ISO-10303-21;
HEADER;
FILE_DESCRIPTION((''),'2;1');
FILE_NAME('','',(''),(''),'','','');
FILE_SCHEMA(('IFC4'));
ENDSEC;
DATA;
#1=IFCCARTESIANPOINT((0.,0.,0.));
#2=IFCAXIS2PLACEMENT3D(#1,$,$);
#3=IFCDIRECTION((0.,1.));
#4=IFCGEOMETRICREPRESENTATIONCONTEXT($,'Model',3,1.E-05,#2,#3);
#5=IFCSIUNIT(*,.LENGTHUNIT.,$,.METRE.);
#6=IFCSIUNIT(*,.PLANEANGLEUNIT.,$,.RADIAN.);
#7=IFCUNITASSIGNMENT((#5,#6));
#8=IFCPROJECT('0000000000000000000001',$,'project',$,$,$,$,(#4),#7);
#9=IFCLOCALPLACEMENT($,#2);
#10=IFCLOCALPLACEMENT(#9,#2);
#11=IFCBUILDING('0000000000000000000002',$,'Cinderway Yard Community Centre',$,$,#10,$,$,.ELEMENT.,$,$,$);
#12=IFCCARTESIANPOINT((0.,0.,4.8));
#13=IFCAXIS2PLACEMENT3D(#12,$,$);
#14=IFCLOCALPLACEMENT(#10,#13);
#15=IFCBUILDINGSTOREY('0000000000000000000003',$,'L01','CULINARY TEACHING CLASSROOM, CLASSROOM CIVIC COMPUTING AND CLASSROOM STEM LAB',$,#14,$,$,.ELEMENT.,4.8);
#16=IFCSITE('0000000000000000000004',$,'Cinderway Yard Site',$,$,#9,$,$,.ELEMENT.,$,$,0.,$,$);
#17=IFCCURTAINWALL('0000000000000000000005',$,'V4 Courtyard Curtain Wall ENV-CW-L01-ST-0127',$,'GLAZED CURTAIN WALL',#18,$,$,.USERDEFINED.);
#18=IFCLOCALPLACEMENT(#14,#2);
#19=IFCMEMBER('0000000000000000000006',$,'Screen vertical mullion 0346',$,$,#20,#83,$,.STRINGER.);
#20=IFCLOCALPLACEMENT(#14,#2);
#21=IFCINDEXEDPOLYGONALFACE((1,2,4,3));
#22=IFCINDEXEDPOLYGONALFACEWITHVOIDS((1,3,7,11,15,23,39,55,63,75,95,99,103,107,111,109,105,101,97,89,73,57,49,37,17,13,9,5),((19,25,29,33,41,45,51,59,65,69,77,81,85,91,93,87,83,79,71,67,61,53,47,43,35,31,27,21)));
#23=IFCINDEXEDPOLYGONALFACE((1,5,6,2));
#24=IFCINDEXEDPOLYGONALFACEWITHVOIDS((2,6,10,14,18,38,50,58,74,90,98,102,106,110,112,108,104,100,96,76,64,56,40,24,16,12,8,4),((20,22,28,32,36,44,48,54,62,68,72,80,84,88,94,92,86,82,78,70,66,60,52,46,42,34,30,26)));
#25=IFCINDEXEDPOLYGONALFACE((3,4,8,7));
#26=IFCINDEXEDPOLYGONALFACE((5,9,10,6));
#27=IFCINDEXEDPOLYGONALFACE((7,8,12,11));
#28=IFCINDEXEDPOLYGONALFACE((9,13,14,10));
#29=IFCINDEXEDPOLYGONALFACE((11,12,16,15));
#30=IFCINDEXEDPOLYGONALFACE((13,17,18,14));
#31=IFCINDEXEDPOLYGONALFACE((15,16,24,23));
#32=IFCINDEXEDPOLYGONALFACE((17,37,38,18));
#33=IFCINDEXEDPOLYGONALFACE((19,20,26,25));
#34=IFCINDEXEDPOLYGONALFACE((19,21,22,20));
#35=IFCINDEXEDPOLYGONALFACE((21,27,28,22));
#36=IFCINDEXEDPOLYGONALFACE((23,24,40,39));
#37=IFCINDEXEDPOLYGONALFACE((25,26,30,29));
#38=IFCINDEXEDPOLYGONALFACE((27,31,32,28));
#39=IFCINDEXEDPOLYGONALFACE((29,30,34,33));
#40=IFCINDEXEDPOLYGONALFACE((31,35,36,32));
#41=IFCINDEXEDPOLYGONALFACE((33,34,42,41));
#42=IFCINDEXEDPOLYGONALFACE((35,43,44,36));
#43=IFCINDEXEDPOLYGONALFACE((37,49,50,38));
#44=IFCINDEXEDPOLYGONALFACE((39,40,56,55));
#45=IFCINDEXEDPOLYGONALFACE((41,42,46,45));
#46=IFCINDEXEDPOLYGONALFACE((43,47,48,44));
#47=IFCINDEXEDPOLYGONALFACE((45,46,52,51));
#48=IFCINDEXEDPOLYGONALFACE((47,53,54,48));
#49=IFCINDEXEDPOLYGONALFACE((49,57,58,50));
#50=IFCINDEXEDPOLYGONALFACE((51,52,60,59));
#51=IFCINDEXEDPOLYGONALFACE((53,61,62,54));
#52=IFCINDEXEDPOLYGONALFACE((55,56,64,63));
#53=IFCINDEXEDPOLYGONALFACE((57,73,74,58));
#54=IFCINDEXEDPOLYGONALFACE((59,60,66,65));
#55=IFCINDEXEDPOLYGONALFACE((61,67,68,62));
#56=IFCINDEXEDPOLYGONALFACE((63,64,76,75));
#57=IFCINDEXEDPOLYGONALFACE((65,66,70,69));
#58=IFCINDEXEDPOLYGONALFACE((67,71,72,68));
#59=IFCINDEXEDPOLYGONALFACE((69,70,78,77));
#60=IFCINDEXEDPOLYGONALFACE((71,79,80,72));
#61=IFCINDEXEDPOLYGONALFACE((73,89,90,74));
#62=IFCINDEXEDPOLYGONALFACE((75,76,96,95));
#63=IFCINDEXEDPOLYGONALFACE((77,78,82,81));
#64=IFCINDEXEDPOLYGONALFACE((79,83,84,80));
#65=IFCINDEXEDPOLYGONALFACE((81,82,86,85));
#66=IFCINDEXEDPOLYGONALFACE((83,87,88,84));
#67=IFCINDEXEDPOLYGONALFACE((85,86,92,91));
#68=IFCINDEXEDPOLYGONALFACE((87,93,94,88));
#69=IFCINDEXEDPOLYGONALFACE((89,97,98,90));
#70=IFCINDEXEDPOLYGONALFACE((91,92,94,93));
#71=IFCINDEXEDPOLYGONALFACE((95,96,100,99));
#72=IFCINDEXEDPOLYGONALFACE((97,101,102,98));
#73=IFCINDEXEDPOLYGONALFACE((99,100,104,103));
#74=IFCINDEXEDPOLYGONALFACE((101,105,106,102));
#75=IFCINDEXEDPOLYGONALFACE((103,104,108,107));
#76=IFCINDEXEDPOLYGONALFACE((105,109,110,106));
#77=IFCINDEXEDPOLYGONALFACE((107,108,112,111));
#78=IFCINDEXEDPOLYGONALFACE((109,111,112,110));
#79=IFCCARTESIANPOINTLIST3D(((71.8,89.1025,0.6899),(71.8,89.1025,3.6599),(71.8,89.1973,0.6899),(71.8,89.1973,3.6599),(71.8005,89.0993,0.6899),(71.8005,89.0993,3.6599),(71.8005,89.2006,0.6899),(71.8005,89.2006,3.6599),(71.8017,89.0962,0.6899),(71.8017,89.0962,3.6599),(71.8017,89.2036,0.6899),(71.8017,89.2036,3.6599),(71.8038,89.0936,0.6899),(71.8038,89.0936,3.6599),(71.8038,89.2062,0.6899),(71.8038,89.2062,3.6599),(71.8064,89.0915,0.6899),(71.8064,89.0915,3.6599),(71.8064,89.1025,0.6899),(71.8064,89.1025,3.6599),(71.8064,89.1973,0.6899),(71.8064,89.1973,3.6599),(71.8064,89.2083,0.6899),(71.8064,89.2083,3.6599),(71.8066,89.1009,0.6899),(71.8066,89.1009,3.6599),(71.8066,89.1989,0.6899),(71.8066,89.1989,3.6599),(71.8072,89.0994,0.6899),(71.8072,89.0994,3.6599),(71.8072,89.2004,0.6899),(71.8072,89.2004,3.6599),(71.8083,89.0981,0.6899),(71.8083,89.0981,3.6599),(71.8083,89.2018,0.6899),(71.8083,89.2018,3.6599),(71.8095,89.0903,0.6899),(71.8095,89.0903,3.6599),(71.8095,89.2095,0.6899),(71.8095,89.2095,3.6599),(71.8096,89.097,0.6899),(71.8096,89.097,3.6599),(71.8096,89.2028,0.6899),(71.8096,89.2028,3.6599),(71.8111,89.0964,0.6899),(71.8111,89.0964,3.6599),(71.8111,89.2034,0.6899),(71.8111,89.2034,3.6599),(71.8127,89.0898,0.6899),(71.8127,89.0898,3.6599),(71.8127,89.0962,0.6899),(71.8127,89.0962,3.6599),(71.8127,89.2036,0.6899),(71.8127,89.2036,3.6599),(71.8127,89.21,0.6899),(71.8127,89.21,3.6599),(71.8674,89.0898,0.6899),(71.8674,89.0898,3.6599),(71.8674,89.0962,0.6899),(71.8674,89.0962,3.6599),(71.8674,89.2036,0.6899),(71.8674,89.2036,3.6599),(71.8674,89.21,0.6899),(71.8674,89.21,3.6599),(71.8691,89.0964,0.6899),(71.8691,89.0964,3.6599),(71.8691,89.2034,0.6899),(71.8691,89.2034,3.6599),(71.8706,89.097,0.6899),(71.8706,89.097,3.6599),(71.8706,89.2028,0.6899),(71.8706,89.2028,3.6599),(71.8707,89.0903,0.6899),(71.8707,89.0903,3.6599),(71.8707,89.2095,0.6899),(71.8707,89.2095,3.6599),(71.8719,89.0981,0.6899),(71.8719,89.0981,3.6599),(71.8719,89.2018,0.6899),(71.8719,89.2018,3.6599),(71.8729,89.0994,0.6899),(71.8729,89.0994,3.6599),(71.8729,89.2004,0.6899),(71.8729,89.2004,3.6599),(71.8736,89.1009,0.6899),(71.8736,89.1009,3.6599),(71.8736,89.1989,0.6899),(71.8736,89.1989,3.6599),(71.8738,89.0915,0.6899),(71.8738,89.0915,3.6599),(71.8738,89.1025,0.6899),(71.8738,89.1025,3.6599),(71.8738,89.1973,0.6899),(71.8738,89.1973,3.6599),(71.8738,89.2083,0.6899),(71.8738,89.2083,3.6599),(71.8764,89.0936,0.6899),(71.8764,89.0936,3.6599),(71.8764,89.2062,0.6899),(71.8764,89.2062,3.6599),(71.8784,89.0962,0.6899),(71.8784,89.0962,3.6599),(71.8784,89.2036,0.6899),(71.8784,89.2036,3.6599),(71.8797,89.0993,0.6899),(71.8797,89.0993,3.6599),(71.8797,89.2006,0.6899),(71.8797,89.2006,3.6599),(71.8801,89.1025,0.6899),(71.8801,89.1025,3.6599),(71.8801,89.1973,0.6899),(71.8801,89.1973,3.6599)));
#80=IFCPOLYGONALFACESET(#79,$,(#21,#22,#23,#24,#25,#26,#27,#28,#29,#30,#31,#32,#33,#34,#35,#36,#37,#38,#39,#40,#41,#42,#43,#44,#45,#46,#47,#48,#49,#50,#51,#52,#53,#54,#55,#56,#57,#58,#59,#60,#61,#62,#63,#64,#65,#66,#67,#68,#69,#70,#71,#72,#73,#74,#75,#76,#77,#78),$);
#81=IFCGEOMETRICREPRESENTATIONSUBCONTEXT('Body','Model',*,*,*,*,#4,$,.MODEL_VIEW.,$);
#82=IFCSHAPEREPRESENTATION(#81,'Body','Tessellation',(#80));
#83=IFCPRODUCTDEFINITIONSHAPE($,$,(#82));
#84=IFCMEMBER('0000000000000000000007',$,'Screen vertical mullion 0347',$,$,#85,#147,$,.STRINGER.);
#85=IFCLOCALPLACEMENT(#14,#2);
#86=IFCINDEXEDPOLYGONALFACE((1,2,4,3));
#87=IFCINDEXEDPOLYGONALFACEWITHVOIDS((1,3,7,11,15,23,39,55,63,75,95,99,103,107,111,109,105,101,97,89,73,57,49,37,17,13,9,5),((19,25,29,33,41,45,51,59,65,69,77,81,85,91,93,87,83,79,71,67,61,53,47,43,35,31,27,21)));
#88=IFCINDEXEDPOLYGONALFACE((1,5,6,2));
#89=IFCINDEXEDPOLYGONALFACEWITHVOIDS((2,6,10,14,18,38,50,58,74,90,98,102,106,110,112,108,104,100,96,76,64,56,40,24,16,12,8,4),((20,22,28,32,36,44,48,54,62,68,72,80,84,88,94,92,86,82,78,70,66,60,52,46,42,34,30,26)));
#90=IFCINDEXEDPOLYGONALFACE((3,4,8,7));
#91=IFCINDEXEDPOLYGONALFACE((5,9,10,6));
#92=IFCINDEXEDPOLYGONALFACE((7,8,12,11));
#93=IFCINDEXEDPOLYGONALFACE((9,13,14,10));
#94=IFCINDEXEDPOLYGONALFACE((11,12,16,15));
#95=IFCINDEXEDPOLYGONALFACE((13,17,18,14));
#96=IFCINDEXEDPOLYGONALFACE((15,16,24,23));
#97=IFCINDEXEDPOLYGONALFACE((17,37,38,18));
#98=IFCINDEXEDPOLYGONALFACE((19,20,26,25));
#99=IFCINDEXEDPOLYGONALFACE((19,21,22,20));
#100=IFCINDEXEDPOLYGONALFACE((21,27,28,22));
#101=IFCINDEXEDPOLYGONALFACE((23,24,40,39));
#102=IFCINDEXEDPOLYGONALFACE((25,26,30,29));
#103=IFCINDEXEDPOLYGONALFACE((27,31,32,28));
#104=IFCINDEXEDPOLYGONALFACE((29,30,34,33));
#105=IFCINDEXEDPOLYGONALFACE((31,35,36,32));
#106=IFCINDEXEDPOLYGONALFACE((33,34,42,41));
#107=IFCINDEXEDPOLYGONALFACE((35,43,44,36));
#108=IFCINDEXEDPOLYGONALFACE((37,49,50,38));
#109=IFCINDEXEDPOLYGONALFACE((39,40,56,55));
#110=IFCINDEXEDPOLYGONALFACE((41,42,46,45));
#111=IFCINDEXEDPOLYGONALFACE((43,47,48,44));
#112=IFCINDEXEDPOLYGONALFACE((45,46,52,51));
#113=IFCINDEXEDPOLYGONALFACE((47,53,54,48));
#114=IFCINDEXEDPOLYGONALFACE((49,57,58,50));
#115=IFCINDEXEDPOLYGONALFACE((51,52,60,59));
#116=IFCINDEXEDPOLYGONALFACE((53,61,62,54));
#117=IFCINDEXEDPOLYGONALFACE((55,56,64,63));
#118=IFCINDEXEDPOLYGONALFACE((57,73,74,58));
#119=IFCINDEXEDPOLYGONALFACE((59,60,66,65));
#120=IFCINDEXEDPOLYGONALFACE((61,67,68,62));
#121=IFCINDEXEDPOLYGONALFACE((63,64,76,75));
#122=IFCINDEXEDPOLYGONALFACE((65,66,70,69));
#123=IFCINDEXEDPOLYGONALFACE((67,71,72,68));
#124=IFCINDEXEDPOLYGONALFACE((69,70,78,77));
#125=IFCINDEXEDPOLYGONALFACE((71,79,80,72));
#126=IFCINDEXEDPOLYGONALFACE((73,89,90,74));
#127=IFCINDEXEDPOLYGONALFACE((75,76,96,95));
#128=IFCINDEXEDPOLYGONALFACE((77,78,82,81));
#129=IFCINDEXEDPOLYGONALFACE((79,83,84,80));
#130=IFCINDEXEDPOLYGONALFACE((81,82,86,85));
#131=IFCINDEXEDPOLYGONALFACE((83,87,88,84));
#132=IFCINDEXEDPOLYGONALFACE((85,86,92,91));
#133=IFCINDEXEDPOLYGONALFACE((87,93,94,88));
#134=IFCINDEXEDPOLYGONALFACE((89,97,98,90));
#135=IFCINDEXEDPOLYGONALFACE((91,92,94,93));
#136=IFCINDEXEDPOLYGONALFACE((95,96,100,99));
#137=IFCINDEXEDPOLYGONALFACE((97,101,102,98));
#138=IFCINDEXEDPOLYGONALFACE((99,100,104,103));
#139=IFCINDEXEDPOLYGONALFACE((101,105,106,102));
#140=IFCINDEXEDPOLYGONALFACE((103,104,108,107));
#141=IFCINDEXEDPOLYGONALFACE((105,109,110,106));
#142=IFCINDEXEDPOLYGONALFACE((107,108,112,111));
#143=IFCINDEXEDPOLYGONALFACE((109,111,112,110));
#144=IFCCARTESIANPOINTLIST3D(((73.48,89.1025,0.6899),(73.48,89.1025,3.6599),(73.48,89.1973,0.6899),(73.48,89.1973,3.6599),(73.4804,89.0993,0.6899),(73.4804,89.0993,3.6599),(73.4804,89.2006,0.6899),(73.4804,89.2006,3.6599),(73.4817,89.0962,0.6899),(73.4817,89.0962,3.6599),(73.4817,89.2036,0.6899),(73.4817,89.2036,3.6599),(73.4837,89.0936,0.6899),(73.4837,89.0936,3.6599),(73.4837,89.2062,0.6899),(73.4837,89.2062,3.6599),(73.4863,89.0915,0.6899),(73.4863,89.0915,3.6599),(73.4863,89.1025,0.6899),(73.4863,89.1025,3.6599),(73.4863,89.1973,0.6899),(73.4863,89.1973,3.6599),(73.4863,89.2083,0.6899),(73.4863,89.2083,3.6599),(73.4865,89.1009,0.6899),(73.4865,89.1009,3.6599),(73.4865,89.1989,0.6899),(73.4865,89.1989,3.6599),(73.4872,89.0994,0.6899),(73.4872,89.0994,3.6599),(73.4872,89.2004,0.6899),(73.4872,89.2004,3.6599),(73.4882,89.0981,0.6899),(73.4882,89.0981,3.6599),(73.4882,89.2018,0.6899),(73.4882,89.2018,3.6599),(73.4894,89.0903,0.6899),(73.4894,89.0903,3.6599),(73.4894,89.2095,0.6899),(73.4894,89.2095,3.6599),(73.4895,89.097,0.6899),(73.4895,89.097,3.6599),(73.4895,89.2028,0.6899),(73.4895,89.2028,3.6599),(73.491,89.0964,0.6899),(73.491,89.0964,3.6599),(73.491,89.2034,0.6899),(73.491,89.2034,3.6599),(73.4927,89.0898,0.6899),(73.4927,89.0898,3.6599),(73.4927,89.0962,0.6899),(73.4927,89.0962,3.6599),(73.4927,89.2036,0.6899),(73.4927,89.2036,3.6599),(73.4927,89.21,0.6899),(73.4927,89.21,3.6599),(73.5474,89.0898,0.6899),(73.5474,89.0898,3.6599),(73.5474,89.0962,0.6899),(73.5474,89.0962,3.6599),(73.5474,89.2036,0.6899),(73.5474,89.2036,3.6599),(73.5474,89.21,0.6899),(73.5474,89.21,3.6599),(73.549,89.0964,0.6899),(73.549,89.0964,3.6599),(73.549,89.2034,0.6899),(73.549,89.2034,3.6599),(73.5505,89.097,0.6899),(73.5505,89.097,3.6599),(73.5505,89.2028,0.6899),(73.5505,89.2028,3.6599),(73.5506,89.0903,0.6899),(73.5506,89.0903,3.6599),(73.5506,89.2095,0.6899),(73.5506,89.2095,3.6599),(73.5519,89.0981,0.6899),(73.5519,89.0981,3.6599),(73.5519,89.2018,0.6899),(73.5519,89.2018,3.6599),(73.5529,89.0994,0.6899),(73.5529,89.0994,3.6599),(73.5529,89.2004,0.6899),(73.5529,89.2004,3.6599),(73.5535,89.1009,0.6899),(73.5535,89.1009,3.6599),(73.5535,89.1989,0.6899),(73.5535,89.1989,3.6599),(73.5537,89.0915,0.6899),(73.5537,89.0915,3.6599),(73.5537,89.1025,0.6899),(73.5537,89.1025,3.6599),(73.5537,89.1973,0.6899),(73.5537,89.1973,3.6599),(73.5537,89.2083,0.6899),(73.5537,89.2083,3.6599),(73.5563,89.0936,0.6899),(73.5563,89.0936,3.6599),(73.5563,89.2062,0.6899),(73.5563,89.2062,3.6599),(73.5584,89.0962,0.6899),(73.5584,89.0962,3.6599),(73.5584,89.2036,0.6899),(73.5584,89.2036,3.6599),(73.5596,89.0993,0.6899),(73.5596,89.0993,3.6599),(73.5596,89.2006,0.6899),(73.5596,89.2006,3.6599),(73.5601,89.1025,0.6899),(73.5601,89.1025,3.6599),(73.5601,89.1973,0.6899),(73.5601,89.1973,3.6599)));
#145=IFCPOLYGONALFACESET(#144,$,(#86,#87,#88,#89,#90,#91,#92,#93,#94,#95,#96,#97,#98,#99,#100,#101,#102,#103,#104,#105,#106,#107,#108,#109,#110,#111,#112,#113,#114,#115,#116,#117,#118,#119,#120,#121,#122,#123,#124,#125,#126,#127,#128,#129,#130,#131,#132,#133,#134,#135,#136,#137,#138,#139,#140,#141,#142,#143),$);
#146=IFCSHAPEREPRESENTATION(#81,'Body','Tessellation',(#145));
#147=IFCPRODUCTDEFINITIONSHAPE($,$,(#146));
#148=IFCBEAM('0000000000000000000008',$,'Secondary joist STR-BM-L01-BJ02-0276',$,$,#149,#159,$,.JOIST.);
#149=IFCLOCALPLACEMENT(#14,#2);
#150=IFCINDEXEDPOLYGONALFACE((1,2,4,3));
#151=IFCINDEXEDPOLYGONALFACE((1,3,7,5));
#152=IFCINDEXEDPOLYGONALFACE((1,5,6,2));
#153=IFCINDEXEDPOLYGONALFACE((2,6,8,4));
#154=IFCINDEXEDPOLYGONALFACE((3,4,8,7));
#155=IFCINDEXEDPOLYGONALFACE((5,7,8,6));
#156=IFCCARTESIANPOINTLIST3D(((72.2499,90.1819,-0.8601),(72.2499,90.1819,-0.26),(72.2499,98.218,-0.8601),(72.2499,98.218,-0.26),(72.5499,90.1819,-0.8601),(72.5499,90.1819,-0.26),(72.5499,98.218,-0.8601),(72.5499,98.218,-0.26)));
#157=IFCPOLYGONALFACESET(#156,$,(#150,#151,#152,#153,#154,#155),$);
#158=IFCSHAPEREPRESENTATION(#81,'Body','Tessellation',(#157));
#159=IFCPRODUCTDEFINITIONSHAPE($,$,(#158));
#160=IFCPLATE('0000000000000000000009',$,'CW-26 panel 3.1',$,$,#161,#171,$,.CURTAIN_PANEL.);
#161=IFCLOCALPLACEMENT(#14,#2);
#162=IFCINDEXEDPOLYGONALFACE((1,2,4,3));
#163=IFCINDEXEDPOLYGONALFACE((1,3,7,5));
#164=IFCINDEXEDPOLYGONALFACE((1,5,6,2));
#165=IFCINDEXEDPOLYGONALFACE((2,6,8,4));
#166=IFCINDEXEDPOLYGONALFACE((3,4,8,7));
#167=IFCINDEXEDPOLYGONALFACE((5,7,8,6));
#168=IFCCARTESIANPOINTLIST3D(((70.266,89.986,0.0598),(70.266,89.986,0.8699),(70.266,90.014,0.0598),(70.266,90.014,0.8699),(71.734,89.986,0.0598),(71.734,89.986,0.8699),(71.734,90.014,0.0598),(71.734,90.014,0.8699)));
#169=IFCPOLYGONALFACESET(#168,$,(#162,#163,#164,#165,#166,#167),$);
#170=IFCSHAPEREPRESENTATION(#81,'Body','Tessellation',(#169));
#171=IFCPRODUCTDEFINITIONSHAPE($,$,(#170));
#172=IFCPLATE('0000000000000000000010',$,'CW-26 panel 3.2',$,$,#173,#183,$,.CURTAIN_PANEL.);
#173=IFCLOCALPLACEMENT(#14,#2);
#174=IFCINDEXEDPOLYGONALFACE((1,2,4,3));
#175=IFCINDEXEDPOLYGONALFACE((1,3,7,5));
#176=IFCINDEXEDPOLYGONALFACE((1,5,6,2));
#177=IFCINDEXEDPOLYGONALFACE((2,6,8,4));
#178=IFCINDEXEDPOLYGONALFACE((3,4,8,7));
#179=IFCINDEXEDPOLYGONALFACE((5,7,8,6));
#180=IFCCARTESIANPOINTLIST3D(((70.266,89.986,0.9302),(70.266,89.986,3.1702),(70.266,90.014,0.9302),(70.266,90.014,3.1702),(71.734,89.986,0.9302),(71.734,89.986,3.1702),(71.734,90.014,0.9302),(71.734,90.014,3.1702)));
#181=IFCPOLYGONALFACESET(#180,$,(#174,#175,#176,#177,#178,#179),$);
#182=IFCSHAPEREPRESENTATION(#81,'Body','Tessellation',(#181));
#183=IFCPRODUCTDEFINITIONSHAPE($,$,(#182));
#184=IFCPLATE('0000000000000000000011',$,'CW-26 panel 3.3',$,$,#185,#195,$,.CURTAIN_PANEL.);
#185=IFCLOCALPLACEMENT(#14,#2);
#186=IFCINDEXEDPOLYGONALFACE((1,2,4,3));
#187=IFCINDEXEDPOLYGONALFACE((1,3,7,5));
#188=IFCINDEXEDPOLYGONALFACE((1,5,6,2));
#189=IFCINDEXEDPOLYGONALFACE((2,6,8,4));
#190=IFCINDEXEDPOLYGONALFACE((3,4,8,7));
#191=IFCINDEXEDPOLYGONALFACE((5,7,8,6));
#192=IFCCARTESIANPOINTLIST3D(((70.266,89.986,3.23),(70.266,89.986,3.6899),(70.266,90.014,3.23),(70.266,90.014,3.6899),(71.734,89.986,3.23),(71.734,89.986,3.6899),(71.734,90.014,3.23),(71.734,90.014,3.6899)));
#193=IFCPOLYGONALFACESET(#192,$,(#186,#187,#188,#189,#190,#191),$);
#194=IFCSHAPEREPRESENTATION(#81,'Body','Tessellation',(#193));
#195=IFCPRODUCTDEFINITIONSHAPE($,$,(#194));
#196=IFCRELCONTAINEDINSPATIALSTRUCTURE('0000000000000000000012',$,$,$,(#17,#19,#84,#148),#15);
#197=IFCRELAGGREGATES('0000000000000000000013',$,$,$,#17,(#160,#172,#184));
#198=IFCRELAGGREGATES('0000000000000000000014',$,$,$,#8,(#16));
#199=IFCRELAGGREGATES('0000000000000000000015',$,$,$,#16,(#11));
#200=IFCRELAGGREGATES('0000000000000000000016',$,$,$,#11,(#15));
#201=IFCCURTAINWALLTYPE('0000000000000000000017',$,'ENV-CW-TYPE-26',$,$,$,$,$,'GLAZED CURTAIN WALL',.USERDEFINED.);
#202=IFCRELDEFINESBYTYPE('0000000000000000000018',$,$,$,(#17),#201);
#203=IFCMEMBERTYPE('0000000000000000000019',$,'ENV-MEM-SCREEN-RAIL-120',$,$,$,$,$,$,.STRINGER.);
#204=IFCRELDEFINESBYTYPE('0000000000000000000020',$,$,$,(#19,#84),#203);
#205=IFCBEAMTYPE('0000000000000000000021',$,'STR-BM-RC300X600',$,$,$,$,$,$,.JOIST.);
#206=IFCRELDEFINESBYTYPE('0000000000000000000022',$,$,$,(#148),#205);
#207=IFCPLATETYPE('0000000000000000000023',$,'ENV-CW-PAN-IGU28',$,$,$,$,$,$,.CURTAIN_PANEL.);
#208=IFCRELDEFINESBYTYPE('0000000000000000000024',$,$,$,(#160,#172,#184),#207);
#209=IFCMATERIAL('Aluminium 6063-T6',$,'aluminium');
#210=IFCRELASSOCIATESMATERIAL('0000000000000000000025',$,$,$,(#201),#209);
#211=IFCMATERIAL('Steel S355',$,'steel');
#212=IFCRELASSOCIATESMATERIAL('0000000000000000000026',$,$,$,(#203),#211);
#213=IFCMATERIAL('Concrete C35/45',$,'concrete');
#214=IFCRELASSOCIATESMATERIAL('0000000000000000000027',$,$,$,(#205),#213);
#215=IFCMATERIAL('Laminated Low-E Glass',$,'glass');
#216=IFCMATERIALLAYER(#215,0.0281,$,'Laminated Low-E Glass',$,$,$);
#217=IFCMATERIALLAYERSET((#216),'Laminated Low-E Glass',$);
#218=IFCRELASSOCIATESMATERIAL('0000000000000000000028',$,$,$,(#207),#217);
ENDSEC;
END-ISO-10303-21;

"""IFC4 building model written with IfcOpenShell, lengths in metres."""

from ifc_helpers import new_model, si_unit, direction, frame, origin, origin_2d, place, context, subcontext, project, spatial, rectangle, hollow_rectangle, extrude, material, layer, layer_set, material_profile, profile_set, type_object, element, aggregate, save


model = new_model("IFC4")

# Units and contexts
model_context = context("Model", 3, precision=1e-05, world=origin(), true_north=direction((0.0, 1.0)))
body_context = subcontext(model_context, "Body", "Model", "MODEL_VIEW")
ifc_project = project(units=[si_unit("LENGTHUNIT", "METRE"), si_unit("PLANEANGLEUNIT", "RADIAN")], contexts=[model_context])

# Site, building, storey
site_placement = place(None, origin())
site = spatial("IfcSite", under=ifc_project, at=site_placement, Name="Cinderway Yard Site", CompositionType="ELEMENT", RefElevation=0.0)
building_placement = place(site_placement, origin())
building = spatial("IfcBuilding", under=site, at=building_placement, Name="Cinderway Yard Community Centre", CompositionType="ELEMENT")
storey_placement = place(building_placement, frame((0.0, 0.0, 4.8)))
storey = spatial("IfcBuildingStorey", under=building, at=storey_placement, Name="L01", Description="CULINARY TEACHING CLASSROOM, CLASSROOM CIVIC COMPUTING AND CLASSROOM STEM LAB", CompositionType="ELEMENT", Elevation=4.8)

# Curtain wall
ifc_material_1 = material(Name="Aluminium 6063-T6", Category="aluminium")
curtain_wall_type = type_object("IfcCurtainWallType", Name="ENV-CW-TYPE-26", ElementType="GLAZED CURTAIN WALL", PredefinedType="USERDEFINED", material=ifc_material_1)
curtain_wall_placement = place(storey_placement, origin())
curtain_wall = element("IfcCurtainWall", 1, at=curtain_wall_placement, inside=storey, type_object=curtain_wall_type, Name="V4 Courtyard Curtain Wall ENV-CW-L01-ST-0127", ObjectType="GLAZED CURTAIN WALL", PredefinedType="USERDEFINED")

# Members
ifc_material_2 = material(Name="Steel S355", Category="steel")
ifc_material_profile_1 = material_profile(ifc_material_2, hollow_rectangle(XDim=0.0801, YDim=0.1201, WallThickness=0.0063, InnerFilletRadius=0.0063, OuterFilletRadius=0.0127, at=origin_2d()), Name="Steel S355")
ifc_profile_set_1 = profile_set([ifc_material_profile_1], Name="Steel S355")
member_type_1 = type_object("IfcMemberType", Name="ENV-MEM-SCREEN-RAIL-120", PredefinedType="STRINGER", material=ifc_profile_set_1)
for number, where, z_axis, x_axis, name in (
    (2, (71.8401, 89.1499, 0.6899), (0.0, 0.0, 1.0), (1.0, 0.0, 0.0), "Screen vertical mullion 0346"),
    (3, (73.52, 89.1499, 0.6899), (0.0, 0.0, 1.0), (1.0, 0.0, 0.0), "Screen vertical mullion 0347"),
):
    element("IfcMember", number, at=place(storey_placement, frame(where, z_axis=z_axis, x_axis=x_axis)), inside=storey, type_object=member_type_1, Name=name, PredefinedType="STRINGER", context=body_context, shape_type="SweptSolid", body=[
        extrude(hollow_rectangle(XDim=0.0801, YDim=0.1201, WallThickness=0.0063, InnerFilletRadius=0.0063, OuterFilletRadius=0.0127, at=origin_2d()), origin(), (0.0, 0.0, 1.0), 2.97),
    ])

# Beam
ifc_material_3 = material(Name="Concrete C35/45", Category="concrete")
ifc_material_profile_2 = material_profile(ifc_material_3, rectangle(XDim=0.3, YDim=0.6001, at=origin_2d()), Name="Concrete C35/45")
ifc_profile_set_2 = profile_set([ifc_material_profile_2], Name="Concrete C35/45")
beam_type = type_object("IfcBeamType", Name="STR-BM-RC300X600", PredefinedType="JOIST", material=ifc_profile_set_2)
beam_placement = place(storey_placement, frame((72.3999, 90.1819, -0.5601), z_axis=(0.0, 1.0, 0.0), x_axis=(-1.0, 0.0, 0.0)))
element("IfcBeam", 4, at=beam_placement, inside=storey, type_object=beam_type, Name="Secondary joist STR-BM-L01-BJ02-0276", PredefinedType="JOIST", context=body_context, shape_type="SweptSolid", body=[
    extrude(rectangle(XDim=0.3, YDim=0.6001, at=origin_2d()), origin(), (0.0, 0.0, 1.0), 8.0361),
])

# Plates
ifc_material_4 = material(Name="Laminated Low-E Glass", Category="glass")
ifc_layer_1 = layer(ifc_material_4, 0.0281, Name="Laminated Low-E Glass")
ifc_layer_set_1 = layer_set([ifc_layer_1], Name="Laminated Low-E Glass")
plate_type_1 = type_object("IfcPlateType", Name="ENV-CW-PAN-IGU28", PredefinedType="CURTAIN_PANEL", material=ifc_layer_set_1)
plate_1_placement = place(storey_placement, frame((71.0, 90.0, 0.0598), z_axis=(0.0, 0.0, 1.0), x_axis=(1.0, 0.0, 0.0)))
plate_1 = element("IfcPlate", 5, at=plate_1_placement, type_object=plate_type_1, Name="CW-26 panel 3.1", PredefinedType="CURTAIN_PANEL", context=body_context, shape_type="SweptSolid", body=[
    extrude(rectangle(XDim=1.468, YDim=0.0281, at=origin_2d()), origin(), (0.0, 0.0, 1.0), 0.8101),
])
plate_2_placement = place(storey_placement, frame((71.0, 90.0, 0.9302), z_axis=(0.0, 0.0, 1.0), x_axis=(1.0, 0.0, 0.0)))
plate_2 = element("IfcPlate", 6, at=plate_2_placement, type_object=plate_type_1, Name="CW-26 panel 3.2", PredefinedType="CURTAIN_PANEL", context=body_context, shape_type="SweptSolid", body=[
    extrude(rectangle(XDim=1.468, YDim=0.0281, at=origin_2d()), origin(), (0.0, 0.0, 1.0), 2.24),
])
plate_3_placement = place(storey_placement, frame((71.0, 90.0, 3.23), z_axis=(0.0, 0.0, 1.0), x_axis=(1.0, 0.0, 0.0)))
plate_3 = element("IfcPlate", 7, at=plate_3_placement, type_object=plate_type_1, Name="CW-26 panel 3.3", PredefinedType="CURTAIN_PANEL", context=body_context, shape_type="SweptSolid", body=[
    extrude(rectangle(XDim=1.468, YDim=0.0281, at=origin_2d()), origin(), (0.0, 0.0, 1.0), 0.46),
])
aggregate(curtain_wall, [plate_1, plate_2, plate_3])

save(model, "model.ifc")
